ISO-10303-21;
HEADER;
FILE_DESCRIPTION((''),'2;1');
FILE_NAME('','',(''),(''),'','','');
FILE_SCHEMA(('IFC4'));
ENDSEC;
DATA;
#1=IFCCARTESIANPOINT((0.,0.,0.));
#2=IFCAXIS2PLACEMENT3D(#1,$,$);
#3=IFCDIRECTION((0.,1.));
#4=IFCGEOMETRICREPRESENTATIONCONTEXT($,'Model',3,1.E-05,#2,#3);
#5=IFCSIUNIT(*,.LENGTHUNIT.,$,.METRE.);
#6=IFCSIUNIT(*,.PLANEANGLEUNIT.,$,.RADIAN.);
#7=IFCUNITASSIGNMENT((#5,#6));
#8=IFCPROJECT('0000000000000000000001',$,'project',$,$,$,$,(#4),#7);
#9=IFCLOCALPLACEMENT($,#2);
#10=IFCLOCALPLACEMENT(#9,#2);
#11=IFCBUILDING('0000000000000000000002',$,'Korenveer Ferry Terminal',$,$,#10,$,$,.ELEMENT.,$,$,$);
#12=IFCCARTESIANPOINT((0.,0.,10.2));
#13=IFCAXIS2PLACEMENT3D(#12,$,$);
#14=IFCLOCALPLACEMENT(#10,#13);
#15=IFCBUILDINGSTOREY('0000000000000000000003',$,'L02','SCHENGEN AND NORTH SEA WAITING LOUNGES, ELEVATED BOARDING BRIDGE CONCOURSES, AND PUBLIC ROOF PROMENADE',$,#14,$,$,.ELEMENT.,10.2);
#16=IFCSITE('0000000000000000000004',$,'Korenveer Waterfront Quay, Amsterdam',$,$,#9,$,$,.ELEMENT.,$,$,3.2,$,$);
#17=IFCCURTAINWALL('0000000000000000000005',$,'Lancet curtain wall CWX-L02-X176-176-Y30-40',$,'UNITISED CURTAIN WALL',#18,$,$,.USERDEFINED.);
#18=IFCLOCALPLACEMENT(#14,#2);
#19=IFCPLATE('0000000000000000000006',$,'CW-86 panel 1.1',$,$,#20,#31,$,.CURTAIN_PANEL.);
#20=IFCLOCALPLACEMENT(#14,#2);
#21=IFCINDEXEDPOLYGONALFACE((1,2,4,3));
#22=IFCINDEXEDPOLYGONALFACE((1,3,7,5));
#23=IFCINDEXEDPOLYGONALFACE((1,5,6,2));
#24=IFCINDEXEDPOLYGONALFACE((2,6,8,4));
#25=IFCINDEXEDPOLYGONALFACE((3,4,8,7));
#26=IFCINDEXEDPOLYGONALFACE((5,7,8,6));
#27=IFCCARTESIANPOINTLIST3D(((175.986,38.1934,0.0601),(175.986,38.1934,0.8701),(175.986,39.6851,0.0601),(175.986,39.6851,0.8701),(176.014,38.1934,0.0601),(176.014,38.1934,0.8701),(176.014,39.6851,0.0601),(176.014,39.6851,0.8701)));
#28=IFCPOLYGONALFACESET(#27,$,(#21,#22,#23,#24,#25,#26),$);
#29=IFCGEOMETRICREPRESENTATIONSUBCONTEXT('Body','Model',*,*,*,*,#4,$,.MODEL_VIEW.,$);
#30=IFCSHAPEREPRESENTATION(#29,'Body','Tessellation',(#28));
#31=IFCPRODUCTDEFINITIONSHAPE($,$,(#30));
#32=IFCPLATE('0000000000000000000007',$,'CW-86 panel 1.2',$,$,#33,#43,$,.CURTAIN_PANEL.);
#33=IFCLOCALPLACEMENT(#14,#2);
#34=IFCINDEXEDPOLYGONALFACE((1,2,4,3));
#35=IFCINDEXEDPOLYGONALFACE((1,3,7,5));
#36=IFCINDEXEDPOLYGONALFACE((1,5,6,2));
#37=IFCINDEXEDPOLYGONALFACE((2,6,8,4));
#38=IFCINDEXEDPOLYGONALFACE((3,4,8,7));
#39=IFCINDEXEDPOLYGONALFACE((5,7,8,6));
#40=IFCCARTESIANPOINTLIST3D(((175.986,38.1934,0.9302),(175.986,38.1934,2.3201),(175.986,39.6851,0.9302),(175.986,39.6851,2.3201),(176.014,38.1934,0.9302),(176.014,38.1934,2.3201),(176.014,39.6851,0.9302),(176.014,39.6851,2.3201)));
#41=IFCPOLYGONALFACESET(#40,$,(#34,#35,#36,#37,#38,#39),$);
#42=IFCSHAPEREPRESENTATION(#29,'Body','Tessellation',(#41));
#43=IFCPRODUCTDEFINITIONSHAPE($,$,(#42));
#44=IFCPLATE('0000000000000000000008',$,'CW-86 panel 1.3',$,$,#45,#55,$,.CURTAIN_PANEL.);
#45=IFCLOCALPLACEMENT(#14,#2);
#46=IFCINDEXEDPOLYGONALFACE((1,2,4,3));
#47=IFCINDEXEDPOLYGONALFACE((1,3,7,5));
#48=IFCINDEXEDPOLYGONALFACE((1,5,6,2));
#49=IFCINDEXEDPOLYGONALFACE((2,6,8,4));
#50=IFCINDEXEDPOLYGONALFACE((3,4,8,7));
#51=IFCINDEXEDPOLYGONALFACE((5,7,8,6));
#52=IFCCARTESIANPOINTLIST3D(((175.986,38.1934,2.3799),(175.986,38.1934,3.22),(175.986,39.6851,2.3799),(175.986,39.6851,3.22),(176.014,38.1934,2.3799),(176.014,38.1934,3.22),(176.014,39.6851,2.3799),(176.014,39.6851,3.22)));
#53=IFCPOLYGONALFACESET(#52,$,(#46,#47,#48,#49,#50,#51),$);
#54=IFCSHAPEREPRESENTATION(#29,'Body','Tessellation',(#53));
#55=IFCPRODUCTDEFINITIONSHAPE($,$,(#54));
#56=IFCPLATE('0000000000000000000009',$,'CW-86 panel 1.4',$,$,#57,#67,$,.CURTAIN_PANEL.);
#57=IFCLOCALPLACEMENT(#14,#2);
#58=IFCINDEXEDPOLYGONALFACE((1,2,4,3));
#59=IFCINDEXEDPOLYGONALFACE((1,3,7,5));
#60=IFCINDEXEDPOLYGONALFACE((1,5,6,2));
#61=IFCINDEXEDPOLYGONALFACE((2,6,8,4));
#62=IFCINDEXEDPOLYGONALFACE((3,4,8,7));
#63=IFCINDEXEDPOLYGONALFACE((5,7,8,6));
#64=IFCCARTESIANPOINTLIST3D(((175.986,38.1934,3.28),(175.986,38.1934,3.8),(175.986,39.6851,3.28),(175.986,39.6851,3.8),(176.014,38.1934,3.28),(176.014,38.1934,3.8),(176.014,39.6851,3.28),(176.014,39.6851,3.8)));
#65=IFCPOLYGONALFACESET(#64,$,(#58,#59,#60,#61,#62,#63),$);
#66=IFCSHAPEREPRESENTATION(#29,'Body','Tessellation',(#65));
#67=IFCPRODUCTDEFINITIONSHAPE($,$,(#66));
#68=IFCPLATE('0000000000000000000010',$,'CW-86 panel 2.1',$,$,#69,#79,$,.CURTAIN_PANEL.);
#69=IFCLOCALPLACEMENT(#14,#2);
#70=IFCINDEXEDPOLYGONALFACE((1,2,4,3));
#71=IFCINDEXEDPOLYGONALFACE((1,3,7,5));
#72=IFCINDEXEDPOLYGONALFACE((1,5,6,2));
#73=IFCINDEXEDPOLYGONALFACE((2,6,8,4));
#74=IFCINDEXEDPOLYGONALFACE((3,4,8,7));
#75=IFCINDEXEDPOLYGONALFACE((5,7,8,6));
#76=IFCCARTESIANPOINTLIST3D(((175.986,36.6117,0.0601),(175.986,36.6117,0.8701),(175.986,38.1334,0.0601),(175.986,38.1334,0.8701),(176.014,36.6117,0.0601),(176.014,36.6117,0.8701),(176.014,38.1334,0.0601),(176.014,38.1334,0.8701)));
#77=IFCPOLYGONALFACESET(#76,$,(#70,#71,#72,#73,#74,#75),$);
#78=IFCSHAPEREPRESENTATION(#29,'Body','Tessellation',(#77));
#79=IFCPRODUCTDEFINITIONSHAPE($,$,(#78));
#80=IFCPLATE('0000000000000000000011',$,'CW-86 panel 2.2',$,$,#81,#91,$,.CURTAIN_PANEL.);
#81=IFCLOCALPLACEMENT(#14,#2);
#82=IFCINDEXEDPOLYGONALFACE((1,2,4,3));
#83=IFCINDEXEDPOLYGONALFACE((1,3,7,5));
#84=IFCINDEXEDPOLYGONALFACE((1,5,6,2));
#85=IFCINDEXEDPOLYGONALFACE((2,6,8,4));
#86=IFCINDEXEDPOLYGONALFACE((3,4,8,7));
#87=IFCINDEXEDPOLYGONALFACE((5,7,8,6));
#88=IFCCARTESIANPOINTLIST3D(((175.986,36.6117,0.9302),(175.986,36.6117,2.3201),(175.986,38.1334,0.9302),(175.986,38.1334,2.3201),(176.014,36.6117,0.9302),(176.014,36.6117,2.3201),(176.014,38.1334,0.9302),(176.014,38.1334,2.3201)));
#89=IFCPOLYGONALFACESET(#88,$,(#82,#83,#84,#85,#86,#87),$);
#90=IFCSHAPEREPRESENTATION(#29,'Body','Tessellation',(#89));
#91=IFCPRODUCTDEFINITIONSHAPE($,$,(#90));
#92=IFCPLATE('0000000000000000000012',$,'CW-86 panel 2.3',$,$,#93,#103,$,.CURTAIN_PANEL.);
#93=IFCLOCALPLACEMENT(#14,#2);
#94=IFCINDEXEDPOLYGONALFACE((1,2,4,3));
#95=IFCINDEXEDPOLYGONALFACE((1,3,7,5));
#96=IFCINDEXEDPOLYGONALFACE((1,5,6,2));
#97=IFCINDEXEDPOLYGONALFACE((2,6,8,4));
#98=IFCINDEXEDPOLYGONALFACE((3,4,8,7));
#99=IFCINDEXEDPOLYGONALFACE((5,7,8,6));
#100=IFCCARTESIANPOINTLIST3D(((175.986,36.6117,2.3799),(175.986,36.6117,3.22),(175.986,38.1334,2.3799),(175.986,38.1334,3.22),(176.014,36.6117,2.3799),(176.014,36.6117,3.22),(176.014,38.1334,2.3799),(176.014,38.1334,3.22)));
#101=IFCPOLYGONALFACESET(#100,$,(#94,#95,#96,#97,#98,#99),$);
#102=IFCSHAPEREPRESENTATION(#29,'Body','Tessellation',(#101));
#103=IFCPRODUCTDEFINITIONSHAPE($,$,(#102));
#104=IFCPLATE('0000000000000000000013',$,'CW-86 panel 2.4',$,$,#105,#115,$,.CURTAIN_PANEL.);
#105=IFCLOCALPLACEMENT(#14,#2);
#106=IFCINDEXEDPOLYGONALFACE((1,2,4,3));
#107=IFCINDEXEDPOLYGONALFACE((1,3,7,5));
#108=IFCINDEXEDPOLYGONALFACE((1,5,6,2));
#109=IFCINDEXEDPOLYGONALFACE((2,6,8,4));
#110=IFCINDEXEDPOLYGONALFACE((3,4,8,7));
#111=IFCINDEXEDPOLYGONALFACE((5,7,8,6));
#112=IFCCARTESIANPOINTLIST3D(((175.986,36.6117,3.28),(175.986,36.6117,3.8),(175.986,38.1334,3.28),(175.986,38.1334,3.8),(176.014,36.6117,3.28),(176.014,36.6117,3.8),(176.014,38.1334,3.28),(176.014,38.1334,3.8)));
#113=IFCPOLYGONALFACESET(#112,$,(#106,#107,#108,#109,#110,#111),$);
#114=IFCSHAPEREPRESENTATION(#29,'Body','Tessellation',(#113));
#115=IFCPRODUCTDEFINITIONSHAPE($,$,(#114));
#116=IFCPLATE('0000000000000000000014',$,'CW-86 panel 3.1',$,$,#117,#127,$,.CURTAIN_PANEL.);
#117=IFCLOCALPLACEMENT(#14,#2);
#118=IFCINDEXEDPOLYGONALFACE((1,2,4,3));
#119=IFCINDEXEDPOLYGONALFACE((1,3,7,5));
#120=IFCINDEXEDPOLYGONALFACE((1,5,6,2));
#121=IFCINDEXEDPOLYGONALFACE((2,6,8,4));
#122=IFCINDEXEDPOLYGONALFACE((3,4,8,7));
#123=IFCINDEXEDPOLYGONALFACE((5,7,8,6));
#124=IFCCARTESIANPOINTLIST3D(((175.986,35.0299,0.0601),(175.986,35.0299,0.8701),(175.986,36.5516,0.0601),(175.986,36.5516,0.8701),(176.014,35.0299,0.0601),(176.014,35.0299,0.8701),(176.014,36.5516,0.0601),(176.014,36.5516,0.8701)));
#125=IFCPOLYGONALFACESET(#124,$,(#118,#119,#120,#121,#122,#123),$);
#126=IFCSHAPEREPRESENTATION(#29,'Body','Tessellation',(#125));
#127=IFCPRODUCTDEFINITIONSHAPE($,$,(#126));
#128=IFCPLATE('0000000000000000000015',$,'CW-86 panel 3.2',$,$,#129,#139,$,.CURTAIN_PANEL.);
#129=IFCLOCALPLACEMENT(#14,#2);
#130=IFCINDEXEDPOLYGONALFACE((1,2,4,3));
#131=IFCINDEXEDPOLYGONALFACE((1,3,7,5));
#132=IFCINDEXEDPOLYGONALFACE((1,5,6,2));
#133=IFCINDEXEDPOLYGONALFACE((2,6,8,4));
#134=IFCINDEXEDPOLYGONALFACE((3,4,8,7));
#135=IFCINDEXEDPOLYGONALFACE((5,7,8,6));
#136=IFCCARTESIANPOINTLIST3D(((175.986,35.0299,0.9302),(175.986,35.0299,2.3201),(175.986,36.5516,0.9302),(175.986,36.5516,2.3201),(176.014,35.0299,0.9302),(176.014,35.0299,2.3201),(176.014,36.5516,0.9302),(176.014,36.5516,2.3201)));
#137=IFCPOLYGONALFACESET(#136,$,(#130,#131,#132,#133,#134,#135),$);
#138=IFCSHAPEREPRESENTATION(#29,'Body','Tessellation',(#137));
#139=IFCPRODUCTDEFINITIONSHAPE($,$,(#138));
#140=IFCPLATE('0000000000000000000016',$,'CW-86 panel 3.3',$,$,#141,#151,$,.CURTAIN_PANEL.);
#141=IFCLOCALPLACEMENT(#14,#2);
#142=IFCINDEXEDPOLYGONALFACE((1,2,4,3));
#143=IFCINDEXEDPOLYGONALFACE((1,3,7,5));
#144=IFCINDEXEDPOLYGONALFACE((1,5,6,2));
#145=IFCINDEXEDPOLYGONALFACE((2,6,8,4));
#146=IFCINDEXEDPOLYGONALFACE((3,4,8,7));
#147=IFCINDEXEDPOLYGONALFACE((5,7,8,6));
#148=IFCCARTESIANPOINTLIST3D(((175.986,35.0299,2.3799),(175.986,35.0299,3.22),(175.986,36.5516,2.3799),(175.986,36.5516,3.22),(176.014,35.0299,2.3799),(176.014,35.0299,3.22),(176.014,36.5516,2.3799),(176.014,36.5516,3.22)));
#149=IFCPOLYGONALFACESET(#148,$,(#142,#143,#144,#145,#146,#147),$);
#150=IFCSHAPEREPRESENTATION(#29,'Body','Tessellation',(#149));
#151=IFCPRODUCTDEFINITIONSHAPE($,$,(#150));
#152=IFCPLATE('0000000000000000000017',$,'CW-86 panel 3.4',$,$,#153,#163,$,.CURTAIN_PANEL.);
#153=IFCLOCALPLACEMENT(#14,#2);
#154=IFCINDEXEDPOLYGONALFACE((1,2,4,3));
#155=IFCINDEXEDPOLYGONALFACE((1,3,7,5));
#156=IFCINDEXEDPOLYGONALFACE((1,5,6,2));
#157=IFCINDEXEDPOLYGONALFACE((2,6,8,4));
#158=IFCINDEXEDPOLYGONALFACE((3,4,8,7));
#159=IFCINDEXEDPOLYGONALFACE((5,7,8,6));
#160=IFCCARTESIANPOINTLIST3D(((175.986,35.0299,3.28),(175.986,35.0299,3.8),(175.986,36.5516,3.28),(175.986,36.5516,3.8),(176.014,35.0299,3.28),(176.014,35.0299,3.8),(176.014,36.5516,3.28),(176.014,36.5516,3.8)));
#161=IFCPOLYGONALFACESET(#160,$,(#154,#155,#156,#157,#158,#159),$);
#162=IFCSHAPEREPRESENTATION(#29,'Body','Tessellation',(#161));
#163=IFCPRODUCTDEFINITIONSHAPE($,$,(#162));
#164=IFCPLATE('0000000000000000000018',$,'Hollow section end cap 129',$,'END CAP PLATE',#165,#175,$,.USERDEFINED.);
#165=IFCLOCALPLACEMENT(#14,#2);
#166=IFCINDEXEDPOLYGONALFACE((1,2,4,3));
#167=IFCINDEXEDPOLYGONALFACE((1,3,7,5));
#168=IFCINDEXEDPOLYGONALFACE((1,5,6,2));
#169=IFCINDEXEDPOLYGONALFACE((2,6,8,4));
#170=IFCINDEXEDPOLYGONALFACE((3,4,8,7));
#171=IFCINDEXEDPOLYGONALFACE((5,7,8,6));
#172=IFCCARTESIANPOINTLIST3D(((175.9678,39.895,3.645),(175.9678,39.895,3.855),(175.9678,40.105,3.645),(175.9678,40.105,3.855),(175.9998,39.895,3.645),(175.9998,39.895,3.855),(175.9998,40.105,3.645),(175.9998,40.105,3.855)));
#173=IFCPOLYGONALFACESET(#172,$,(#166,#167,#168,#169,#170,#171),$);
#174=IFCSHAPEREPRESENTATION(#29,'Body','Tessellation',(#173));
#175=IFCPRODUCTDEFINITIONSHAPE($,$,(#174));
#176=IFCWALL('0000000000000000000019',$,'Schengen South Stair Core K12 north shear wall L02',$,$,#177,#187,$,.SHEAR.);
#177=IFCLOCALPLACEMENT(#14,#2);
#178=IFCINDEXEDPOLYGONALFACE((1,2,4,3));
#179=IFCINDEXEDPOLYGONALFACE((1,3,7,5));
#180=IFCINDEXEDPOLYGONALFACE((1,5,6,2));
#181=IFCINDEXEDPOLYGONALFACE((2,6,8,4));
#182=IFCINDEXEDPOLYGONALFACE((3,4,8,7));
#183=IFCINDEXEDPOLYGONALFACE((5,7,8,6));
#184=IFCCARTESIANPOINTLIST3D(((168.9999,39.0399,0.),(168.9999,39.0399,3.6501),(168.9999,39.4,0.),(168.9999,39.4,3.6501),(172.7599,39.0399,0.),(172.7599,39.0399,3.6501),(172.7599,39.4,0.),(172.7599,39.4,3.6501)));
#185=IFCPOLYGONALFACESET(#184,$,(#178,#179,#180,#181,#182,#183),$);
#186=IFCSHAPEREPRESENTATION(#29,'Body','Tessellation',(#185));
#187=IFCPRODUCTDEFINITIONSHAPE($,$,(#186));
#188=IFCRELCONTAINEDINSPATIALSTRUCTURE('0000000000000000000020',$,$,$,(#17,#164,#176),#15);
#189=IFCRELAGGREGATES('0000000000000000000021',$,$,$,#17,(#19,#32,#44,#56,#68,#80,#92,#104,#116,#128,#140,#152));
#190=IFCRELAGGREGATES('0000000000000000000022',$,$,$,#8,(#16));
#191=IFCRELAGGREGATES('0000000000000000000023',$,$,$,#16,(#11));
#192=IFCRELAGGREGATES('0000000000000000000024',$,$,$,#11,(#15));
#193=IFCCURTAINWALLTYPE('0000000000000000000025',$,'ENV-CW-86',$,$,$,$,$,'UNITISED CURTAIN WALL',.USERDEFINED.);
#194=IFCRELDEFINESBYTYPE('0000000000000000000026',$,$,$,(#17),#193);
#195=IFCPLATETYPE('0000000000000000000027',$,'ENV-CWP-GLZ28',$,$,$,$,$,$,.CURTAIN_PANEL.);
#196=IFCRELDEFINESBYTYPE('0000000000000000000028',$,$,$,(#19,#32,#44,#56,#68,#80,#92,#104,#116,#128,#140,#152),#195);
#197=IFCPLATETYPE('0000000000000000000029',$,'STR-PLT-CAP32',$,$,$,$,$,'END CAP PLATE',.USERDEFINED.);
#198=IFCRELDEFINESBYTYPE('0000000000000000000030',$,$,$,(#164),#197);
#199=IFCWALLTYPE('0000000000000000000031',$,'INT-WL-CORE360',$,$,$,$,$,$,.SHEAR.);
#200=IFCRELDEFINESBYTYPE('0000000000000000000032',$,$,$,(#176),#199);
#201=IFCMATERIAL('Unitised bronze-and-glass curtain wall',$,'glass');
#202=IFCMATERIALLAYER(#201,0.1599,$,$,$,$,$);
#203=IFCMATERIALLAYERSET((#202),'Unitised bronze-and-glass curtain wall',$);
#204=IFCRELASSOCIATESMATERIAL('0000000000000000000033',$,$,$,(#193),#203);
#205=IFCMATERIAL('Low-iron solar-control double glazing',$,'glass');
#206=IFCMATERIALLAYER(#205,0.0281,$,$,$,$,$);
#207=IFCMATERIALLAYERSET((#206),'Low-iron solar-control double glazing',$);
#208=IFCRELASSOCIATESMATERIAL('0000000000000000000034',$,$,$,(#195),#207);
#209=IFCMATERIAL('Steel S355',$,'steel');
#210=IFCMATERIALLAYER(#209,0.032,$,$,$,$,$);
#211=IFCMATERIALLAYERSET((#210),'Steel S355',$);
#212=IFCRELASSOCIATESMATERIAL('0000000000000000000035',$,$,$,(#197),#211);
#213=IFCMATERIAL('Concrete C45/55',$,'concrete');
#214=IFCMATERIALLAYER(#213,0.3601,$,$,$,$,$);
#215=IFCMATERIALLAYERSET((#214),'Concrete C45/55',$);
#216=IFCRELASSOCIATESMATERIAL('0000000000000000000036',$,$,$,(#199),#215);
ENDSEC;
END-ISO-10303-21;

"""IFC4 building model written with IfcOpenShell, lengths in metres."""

from ifc_helpers import new_model, si_unit, direction, frame, frame_2d, origin, origin_2d, place, context, subcontext, project, spatial, rectangle, extrude, material, layer, layer_set, type_object, element, aggregate, save


model = new_model("IFC4")

# Units and contexts
model_context = context("Model", 3, precision=1e-05, world=origin(), true_north=direction((0.0, 1.0)))
body_context = subcontext(model_context, "Body", "Model", "MODEL_VIEW")
ifc_project = project(units=[si_unit("LENGTHUNIT", "METRE"), si_unit("PLANEANGLEUNIT", "RADIAN")], contexts=[model_context])

# Site, building, storey
site_placement = place(None, origin())
site = spatial("IfcSite", under=ifc_project, at=site_placement, Name="Korenveer Waterfront Quay, Amsterdam", CompositionType="ELEMENT", RefElevation=3.2)
building_placement = place(site_placement, origin())
building = spatial("IfcBuilding", under=site, at=building_placement, Name="Korenveer Ferry Terminal", CompositionType="ELEMENT")
storey_placement = place(building_placement, frame((0.0, 0.0, 10.2)))
storey = spatial("IfcBuildingStorey", under=building, at=storey_placement, Name="L02", Description="SCHENGEN AND NORTH SEA WAITING LOUNGES, ELEVATED BOARDING BRIDGE CONCOURSES, AND PUBLIC ROOF PROMENADE", CompositionType="ELEMENT", Elevation=10.2)

# Shared definitions
ifc_material_1 = material(Name="Concrete C45/55", Category="concrete")
ifc_material_2 = material(Name="Steel S355", Category="steel")

# Curtain wall
ifc_material_3 = material(Name="Unitised bronze-and-glass curtain wall", Category="glass")
ifc_layer_1 = layer(ifc_material_3, 0.1599)
ifc_layer_set_1 = layer_set([ifc_layer_1], Name="Unitised bronze-and-glass curtain wall")
curtain_wall_type = type_object("IfcCurtainWallType", Name="ENV-CW-86", ElementType="UNITISED CURTAIN WALL", PredefinedType="USERDEFINED", material=ifc_layer_set_1)
curtain_wall_placement = place(storey_placement, frame((176.0, 39.7451, 0.0)))
curtain_wall = element("IfcCurtainWall", 1, at=curtain_wall_placement, inside=storey, type_object=curtain_wall_type, Name="Lancet curtain wall CWX-L02-X176-176-Y30-40", ObjectType="UNITISED CURTAIN WALL", PredefinedType="USERDEFINED")

# Plates
ifc_material_4 = material(Name="Low-iron solar-control double glazing", Category="glass")
ifc_layer_2 = layer(ifc_material_4, 0.0281)
ifc_layer_set_2 = layer_set([ifc_layer_2], Name="Low-iron solar-control double glazing")
plate_type_1 = type_object("IfcPlateType", Name="ENV-CWP-GLZ28", PredefinedType="CURTAIN_PANEL", material=ifc_layer_set_2)
plate_1_placement = place(storey_placement, frame((176.0, 38.9392, 0.0601), z_axis=(0.0, 0.0, 1.0), x_axis=(0.0, -1.0, 0.0)))
plate_1 = element("IfcPlate", 2, at=plate_1_placement, type_object=plate_type_1, Name="CW-86 panel 1.1", PredefinedType="CURTAIN_PANEL", context=body_context, shape_type="SweptSolid", body=[
    extrude(rectangle(XDim=1.4917, YDim=0.0281, at=origin_2d()), origin(), (0.0, 0.0, 1.0), 0.8101),
])
plate_2_placement = place(storey_placement, frame((176.0, 38.9392, 0.9302), z_axis=(0.0, 0.0, 1.0), x_axis=(0.0, -1.0, 0.0)))
plate_2 = element("IfcPlate", 3, at=plate_2_placement, type_object=plate_type_1, Name="CW-86 panel 1.2", PredefinedType="CURTAIN_PANEL", context=body_context, shape_type="SweptSolid", body=[
    extrude(rectangle(XDim=1.4917, YDim=0.0281, at=origin_2d()), origin(), (0.0, 0.0, 1.0), 1.3899),
])
plate_3_placement = place(storey_placement, frame((176.0, 38.9392, 2.3799), z_axis=(0.0, 0.0, 1.0), x_axis=(0.0, -1.0, 0.0)))
plate_3 = element("IfcPlate", 4, at=plate_3_placement, type_object=plate_type_1, Name="CW-86 panel 1.3", PredefinedType="CURTAIN_PANEL", context=body_context, shape_type="SweptSolid", body=[
    extrude(rectangle(XDim=1.4917, YDim=0.0281, at=origin_2d()), origin(), (0.0, 0.0, 1.0), 0.8401),
])
plate_4_placement = place(storey_placement, frame((176.0, 38.9392, 3.28), z_axis=(0.0, 0.0, 1.0), x_axis=(0.0, -1.0, 0.0)))
plate_4 = element("IfcPlate", 5, at=plate_4_placement, type_object=plate_type_1, Name="CW-86 panel 1.4", PredefinedType="CURTAIN_PANEL", context=body_context, shape_type="SweptSolid", body=[
    extrude(rectangle(XDim=1.4917, YDim=0.0281, at=origin_2d()), origin(), (0.0, 0.0, 1.0), 0.52),
])
plate_5_placement = place(storey_placement, frame((176.0, 37.3726, 0.0601), z_axis=(0.0, 0.0, 1.0), x_axis=(0.0, -1.0, 0.0)))
plate_5 = element("IfcPlate", 6, at=plate_5_placement, type_object=plate_type_1, Name="CW-86 panel 2.1", PredefinedType="CURTAIN_PANEL", context=body_context, shape_type="SweptSolid", body=[
    extrude(rectangle(XDim=1.5217, YDim=0.0281, at=origin_2d()), origin(), (0.0, 0.0, 1.0), 0.8101),
])
plate_6_placement = place(storey_placement, frame((176.0, 37.3726, 0.9302), z_axis=(0.0, 0.0, 1.0), x_axis=(0.0, -1.0, 0.0)))
plate_6 = element("IfcPlate", 7, at=plate_6_placement, type_object=plate_type_1, Name="CW-86 panel 2.2", PredefinedType="CURTAIN_PANEL", context=body_context, shape_type="SweptSolid", body=[
    extrude(rectangle(XDim=1.5217, YDim=0.0281, at=origin_2d()), origin(), (0.0, 0.0, 1.0), 1.3899),
])
plate_7_placement = place(storey_placement, frame((176.0, 37.3726, 2.3799), z_axis=(0.0, 0.0, 1.0), x_axis=(0.0, -1.0, 0.0)))
plate_7 = element("IfcPlate", 8, at=plate_7_placement, type_object=plate_type_1, Name="CW-86 panel 2.3", PredefinedType="CURTAIN_PANEL", context=body_context, shape_type="SweptSolid", body=[
    extrude(rectangle(XDim=1.5217, YDim=0.0281, at=origin_2d()), origin(), (0.0, 0.0, 1.0), 0.8401),
])
plate_8_placement = place(storey_placement, frame((176.0, 37.3726, 3.28), z_axis=(0.0, 0.0, 1.0), x_axis=(0.0, -1.0, 0.0)))
plate_8 = element("IfcPlate", 9, at=plate_8_placement, type_object=plate_type_1, Name="CW-86 panel 2.4", PredefinedType="CURTAIN_PANEL", context=body_context, shape_type="SweptSolid", body=[
    extrude(rectangle(XDim=1.5217, YDim=0.0281, at=origin_2d()), origin(), (0.0, 0.0, 1.0), 0.52),
])
plate_9_placement = place(storey_placement, frame((176.0, 35.7908, 0.0601), z_axis=(0.0, 0.0, 1.0), x_axis=(0.0, -1.0, 0.0)))
plate_9 = element("IfcPlate", 10, at=plate_9_placement, type_object=plate_type_1, Name="CW-86 panel 3.1", PredefinedType="CURTAIN_PANEL", context=body_context, shape_type="SweptSolid", body=[
    extrude(rectangle(XDim=1.5217, YDim=0.0281, at=origin_2d()), origin(), (0.0, 0.0, 1.0), 0.8101),
])
plate_10_placement = place(storey_placement, frame((176.0, 35.7908, 0.9302), z_axis=(0.0, 0.0, 1.0), x_axis=(0.0, -1.0, 0.0)))
plate_10 = element("IfcPlate", 11, at=plate_10_placement, type_object=plate_type_1, Name="CW-86 panel 3.2", PredefinedType="CURTAIN_PANEL", context=body_context, shape_type="SweptSolid", body=[
    extrude(rectangle(XDim=1.5217, YDim=0.0281, at=origin_2d()), origin(), (0.0, 0.0, 1.0), 1.3899),
])
plate_11_placement = place(storey_placement, frame((176.0, 35.7908, 2.3799), z_axis=(0.0, 0.0, 1.0), x_axis=(0.0, -1.0, 0.0)))
plate_11 = element("IfcPlate", 12, at=plate_11_placement, type_object=plate_type_1, Name="CW-86 panel 3.3", PredefinedType="CURTAIN_PANEL", context=body_context, shape_type="SweptSolid", body=[
    extrude(rectangle(XDim=1.5217, YDim=0.0281, at=origin_2d()), origin(), (0.0, 0.0, 1.0), 0.8401),
])
plate_12_placement = place(storey_placement, frame((176.0, 35.7908, 3.28), z_axis=(0.0, 0.0, 1.0), x_axis=(0.0, -1.0, 0.0)))
plate_12 = element("IfcPlate", 13, at=plate_12_placement, type_object=plate_type_1, Name="CW-86 panel 3.4", PredefinedType="CURTAIN_PANEL", context=body_context, shape_type="SweptSolid", body=[
    extrude(rectangle(XDim=1.5217, YDim=0.0281, at=origin_2d()), origin(), (0.0, 0.0, 1.0), 0.52),
])
aggregate(curtain_wall, [plate_1, plate_2, plate_3, plate_4, plate_5, plate_6, plate_7, plate_8, plate_9, plate_10, plate_11, plate_12])
ifc_layer_3 = layer(ifc_material_2, 0.032)
ifc_layer_set_3 = layer_set([ifc_layer_3], Name="Steel S355")
plate_type_2 = type_object("IfcPlateType", Name="STR-PLT-CAP32", ElementType="END CAP PLATE", PredefinedType="USERDEFINED", material=ifc_layer_set_3)
plate_13_placement = place(storey_placement, frame((175.9678, 40.0, 3.75), z_axis=(1.0, 0.0, 0.0), x_axis=(0.0, 1.0, 0.0)))
element("IfcPlate", 14, at=plate_13_placement, inside=storey, type_object=plate_type_2, Name="Hollow section end cap 129", ObjectType="END CAP PLATE", PredefinedType="USERDEFINED", context=body_context, shape_type="SweptSolid", body=[
    extrude(rectangle(XDim=0.21, YDim=0.21, at=origin_2d()), origin(), (0.0, 0.0, 1.0), 0.032),
])

# Wall
ifc_layer_4 = layer(ifc_material_1, 0.3601)
ifc_layer_set_4 = layer_set([ifc_layer_4], Name="Concrete C45/55")
wall_type = type_object("IfcWallType", Name="INT-WL-CORE360", PredefinedType="SHEAR", material=ifc_layer_set_4)
wall_placement = place(storey_placement, frame((169.0, 39.22, 0.0), z_axis=(0.0, 0.0, 1.0), x_axis=(1.0, 0.0, 0.0)))
element("IfcWall", 15, at=wall_placement, inside=storey, type_object=wall_type, Name="Schengen South Stair Core K12 north shear wall L02", PredefinedType="SHEAR", context=body_context, shape_type="SweptSolid", body=[
    extrude(rectangle(XDim=3.76, YDim=0.3601, at=frame_2d((1.8799, 0.0))), origin(), (0.0, 0.0, 1.0), 3.6501),
])

save(model, "model.ifc")
